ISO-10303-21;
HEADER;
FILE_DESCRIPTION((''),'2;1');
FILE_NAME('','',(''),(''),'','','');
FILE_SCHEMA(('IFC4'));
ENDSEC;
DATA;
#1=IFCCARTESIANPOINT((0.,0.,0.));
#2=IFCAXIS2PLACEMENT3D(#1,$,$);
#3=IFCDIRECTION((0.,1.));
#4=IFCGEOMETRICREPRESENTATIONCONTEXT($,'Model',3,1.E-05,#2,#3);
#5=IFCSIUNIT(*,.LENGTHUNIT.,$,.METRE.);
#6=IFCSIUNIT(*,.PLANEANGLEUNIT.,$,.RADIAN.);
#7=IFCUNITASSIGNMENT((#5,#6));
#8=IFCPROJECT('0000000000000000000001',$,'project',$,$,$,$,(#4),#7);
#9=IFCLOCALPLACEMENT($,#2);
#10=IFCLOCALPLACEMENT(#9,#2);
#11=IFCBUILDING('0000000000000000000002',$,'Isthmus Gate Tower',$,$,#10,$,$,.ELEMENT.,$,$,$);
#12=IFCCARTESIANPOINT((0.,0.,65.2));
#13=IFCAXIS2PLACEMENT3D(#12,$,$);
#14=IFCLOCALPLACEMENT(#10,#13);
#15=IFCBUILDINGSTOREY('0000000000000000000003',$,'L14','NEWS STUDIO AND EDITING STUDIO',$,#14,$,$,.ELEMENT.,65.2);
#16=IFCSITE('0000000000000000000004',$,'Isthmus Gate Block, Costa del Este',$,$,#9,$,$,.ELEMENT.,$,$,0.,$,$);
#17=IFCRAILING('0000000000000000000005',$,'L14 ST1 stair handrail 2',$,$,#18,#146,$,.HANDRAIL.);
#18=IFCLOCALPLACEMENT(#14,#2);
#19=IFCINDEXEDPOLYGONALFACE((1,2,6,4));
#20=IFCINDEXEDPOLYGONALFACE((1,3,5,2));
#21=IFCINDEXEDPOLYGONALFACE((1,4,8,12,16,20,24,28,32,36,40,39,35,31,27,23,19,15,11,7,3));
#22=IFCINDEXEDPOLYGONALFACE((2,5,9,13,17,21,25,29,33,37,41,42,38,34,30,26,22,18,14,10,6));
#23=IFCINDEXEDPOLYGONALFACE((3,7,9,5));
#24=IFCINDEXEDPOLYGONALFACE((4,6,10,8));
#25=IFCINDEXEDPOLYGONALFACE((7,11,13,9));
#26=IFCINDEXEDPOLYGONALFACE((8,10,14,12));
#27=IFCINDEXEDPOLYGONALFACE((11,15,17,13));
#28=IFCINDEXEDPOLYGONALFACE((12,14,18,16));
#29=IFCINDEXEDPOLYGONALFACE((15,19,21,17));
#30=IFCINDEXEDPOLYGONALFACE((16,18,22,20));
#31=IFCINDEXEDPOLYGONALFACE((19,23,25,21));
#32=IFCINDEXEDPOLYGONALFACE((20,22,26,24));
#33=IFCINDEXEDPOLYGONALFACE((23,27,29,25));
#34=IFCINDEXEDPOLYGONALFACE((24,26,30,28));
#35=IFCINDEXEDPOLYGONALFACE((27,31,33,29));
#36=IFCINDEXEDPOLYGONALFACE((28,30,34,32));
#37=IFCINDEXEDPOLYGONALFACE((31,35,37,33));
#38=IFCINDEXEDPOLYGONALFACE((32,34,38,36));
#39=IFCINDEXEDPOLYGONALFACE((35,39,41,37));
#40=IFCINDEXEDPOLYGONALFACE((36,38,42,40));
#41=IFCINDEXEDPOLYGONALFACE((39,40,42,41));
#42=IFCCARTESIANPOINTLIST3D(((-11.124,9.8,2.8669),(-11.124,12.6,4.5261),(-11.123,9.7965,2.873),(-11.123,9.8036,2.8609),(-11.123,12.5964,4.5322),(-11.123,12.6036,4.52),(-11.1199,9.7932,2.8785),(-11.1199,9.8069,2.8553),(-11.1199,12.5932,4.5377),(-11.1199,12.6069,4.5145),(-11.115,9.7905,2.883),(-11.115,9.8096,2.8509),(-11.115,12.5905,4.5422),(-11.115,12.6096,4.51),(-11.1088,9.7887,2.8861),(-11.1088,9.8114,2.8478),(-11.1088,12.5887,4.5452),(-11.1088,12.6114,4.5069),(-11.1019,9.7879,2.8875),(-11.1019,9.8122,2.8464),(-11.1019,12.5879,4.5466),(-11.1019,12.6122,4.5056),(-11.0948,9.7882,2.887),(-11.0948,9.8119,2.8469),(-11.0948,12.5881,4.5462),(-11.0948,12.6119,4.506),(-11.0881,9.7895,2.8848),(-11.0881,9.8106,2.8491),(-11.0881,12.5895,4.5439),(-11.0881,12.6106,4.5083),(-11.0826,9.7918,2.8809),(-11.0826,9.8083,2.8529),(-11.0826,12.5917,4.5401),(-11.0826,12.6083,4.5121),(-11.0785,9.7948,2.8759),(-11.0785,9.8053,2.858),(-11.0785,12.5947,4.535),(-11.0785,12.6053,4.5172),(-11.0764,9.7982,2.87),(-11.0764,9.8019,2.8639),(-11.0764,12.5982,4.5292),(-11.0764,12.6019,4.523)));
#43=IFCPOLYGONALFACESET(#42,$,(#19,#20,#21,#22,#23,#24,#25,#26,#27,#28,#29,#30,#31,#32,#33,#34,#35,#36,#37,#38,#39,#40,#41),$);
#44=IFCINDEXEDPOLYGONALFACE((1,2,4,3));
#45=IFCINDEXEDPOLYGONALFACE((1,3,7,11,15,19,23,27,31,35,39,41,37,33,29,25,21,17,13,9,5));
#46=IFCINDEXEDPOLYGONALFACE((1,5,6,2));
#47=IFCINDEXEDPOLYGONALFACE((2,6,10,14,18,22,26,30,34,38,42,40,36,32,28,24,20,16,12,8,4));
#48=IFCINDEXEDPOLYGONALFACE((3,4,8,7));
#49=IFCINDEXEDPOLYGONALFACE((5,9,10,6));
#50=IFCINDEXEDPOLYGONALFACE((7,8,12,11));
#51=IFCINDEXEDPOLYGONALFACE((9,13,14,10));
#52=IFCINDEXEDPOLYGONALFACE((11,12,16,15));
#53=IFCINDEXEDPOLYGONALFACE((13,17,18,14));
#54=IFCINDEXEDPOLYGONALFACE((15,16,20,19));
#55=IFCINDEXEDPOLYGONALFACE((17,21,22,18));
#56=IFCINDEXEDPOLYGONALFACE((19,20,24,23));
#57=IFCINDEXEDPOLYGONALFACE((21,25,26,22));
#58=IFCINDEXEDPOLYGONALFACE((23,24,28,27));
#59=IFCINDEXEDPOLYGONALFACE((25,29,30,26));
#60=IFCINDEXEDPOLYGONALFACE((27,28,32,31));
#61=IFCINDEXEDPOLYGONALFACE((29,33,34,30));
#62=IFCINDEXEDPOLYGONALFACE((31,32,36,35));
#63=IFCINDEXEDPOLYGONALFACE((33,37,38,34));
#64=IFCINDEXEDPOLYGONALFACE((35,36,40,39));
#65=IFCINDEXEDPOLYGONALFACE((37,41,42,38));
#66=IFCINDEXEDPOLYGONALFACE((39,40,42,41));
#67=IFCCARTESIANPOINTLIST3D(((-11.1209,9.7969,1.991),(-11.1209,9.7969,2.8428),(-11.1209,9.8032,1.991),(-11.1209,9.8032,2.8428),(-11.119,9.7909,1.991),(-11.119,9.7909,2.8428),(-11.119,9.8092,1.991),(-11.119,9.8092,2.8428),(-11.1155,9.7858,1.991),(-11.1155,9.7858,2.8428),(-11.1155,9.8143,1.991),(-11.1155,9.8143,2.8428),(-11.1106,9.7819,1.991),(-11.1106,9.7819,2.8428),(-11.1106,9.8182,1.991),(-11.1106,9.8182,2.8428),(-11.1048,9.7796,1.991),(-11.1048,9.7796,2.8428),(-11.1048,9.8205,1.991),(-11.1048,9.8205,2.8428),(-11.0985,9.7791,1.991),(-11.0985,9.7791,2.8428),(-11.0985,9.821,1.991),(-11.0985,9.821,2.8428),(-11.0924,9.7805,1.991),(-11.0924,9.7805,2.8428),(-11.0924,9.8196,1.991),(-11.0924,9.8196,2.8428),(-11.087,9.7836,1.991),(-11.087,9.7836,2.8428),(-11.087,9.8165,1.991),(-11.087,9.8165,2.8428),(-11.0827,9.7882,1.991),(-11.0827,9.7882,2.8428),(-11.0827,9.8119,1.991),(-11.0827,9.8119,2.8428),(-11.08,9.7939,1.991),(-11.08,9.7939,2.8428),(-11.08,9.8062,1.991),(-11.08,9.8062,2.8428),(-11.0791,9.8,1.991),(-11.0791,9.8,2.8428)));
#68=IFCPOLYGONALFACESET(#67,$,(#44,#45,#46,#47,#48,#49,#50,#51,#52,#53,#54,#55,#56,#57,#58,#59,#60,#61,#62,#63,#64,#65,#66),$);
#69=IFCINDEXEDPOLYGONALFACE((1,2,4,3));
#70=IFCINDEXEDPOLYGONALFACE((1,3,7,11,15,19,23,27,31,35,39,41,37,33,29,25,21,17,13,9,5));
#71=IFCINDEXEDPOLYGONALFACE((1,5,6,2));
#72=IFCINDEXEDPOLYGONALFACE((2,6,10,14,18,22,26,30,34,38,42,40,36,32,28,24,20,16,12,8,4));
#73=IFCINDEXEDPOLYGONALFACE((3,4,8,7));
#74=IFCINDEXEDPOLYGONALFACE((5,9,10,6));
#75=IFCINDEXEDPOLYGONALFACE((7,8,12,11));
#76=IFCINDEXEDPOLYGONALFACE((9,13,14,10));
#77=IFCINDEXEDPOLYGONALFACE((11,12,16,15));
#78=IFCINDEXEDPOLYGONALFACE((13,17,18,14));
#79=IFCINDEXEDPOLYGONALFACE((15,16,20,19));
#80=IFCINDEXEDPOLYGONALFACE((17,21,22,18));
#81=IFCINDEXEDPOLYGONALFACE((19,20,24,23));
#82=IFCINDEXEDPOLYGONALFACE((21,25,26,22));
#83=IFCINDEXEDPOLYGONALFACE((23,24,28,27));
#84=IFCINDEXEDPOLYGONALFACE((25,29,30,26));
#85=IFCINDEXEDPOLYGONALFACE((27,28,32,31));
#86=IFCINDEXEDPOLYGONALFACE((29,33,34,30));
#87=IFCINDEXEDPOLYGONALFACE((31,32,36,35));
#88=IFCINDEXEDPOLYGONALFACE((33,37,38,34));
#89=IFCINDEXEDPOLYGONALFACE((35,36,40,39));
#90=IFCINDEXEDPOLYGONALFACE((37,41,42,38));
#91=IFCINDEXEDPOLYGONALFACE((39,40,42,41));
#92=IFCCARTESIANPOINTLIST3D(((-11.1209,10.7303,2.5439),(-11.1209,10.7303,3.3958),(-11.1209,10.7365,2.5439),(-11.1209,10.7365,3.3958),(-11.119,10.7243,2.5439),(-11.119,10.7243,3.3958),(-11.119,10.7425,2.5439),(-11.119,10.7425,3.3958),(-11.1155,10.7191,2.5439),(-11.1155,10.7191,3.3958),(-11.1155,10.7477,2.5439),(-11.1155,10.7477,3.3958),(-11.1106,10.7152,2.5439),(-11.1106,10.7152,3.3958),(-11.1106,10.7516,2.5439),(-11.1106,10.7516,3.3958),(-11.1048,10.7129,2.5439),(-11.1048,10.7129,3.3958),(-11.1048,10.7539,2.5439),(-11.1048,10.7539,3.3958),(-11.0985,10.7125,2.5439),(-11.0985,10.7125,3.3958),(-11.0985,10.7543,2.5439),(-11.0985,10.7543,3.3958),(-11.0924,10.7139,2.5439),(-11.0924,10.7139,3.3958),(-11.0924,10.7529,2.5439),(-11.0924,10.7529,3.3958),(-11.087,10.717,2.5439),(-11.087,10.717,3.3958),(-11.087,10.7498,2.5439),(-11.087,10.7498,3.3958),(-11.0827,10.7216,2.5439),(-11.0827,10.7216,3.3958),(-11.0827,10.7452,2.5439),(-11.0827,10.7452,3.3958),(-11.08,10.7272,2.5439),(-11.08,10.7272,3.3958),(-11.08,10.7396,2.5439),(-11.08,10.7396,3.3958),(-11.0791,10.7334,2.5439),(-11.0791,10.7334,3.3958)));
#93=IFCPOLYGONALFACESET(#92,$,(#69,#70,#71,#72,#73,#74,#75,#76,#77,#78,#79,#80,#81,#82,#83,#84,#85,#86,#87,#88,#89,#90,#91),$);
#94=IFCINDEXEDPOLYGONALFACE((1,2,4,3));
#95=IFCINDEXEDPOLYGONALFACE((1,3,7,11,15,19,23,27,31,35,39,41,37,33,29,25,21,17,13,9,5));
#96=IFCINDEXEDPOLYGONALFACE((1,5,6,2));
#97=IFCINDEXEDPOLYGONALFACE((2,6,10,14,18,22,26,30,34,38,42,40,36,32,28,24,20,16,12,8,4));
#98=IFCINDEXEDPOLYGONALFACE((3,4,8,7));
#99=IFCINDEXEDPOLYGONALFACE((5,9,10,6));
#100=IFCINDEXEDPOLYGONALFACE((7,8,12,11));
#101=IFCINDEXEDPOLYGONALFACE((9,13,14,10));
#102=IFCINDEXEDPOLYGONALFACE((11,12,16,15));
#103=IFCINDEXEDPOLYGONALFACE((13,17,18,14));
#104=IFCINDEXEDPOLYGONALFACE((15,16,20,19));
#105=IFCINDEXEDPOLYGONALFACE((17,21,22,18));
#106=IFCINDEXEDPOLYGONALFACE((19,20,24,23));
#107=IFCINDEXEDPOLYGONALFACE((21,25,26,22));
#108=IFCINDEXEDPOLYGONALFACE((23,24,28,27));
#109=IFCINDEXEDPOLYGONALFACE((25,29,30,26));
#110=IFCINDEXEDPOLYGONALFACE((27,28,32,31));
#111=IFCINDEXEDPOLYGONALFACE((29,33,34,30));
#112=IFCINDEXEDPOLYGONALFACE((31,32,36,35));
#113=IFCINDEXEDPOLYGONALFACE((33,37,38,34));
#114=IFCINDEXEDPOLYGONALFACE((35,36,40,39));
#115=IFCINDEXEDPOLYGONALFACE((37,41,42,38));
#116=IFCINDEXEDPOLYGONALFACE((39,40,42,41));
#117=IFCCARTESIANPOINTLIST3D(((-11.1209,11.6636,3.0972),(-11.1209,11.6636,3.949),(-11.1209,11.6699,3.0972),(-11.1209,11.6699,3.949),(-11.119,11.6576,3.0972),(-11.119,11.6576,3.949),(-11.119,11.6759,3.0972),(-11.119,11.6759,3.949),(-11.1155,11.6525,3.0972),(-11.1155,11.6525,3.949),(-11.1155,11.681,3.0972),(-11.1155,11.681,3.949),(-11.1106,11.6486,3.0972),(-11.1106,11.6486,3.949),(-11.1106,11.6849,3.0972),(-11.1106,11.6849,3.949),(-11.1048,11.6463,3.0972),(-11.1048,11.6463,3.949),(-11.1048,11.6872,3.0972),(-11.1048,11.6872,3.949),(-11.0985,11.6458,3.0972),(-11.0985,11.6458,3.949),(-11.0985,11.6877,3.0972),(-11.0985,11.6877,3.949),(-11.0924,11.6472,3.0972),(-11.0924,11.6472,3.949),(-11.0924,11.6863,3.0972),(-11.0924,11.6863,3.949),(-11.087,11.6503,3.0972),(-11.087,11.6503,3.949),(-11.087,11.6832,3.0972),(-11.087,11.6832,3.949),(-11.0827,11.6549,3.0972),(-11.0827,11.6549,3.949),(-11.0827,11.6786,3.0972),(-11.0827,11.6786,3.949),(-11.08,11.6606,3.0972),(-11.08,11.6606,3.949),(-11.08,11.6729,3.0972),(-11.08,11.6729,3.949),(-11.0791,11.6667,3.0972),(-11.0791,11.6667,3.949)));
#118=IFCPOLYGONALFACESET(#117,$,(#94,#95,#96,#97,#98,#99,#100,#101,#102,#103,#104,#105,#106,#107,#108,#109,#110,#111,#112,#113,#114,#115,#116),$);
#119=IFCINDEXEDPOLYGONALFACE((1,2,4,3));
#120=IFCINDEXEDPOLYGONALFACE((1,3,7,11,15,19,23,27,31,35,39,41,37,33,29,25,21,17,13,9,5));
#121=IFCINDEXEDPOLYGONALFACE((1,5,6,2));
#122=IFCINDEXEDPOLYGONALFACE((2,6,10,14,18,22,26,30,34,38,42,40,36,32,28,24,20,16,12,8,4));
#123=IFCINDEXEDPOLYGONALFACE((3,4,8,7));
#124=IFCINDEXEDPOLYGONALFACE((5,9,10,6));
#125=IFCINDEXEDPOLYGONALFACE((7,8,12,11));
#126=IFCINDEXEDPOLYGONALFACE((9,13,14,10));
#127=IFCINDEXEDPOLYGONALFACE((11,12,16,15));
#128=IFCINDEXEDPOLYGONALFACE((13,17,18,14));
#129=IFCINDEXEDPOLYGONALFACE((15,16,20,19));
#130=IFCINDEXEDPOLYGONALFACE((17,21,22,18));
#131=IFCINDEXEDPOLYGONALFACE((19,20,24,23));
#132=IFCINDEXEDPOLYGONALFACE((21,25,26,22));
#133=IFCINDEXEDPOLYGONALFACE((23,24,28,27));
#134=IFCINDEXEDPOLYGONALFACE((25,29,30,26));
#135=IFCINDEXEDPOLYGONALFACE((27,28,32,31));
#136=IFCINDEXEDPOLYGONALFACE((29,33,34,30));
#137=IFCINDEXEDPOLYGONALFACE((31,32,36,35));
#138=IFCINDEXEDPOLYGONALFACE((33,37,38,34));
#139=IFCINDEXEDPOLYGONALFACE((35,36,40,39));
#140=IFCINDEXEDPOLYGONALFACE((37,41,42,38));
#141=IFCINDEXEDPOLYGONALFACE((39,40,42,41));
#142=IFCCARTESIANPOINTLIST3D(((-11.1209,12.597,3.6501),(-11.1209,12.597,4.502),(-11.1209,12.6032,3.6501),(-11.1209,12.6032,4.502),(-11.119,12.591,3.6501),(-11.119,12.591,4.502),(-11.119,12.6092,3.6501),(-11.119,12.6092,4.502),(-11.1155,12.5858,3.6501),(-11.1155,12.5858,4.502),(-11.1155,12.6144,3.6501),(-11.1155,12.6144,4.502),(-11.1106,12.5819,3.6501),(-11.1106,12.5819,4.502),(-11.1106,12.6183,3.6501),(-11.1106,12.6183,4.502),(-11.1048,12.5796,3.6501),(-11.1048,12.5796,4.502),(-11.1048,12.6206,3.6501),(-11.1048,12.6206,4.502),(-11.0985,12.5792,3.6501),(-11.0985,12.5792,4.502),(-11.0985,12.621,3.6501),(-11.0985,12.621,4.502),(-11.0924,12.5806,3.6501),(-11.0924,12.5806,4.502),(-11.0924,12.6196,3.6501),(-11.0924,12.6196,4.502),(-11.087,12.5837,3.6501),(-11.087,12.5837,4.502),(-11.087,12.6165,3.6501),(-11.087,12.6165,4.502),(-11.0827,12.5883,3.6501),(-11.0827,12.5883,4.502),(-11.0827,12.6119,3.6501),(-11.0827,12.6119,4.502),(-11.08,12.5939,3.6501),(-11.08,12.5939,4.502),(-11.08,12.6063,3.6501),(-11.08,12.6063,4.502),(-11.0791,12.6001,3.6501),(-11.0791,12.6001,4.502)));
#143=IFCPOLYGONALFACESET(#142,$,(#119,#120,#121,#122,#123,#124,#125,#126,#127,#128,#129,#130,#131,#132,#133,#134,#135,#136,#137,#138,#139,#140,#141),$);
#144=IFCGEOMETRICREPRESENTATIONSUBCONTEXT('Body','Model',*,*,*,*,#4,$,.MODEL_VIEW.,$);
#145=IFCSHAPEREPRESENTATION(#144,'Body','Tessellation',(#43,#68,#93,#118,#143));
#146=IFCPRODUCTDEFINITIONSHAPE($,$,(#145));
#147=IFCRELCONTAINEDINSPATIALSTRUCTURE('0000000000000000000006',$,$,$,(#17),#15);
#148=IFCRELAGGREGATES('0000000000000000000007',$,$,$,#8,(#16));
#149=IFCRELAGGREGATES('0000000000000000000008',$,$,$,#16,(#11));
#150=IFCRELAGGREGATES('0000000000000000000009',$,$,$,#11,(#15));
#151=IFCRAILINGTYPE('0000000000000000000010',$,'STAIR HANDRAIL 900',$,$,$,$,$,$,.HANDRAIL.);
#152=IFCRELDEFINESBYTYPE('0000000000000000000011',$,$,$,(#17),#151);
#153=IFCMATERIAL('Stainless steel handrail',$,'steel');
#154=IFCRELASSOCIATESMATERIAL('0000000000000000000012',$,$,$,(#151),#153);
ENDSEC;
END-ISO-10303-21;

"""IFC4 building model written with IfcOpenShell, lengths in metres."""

from ifc_helpers import new_model, si_unit, direction, frame, origin, origin_2d, place, context, subcontext, project, spatial, circle, extrude, material, type_object, element, save


model = new_model("IFC4")

# Units and contexts
model_context = context("Model", 3, precision=1e-05, world=origin(), true_north=direction((0.0, 1.0)))
body_context = subcontext(model_context, "Body", "Model", "MODEL_VIEW")
ifc_project = project(units=[si_unit("LENGTHUNIT", "METRE"), si_unit("PLANEANGLEUNIT", "RADIAN")], contexts=[model_context])

# Site, building, storey
site_placement = place(None, origin())
site = spatial("IfcSite", under=ifc_project, at=site_placement, Name="Isthmus Gate Block, Costa del Este", CompositionType="ELEMENT", RefElevation=0.0)
building_placement = place(site_placement, origin())
building = spatial("IfcBuilding", under=site, at=building_placement, Name="Isthmus Gate Tower", CompositionType="ELEMENT")
storey_placement = place(building_placement, frame((0.0, 0.0, 65.2)))
storey = spatial("IfcBuildingStorey", under=building, at=storey_placement, Name="L14", Description="NEWS STUDIO AND EDITING STUDIO", CompositionType="ELEMENT", Elevation=65.2)

# Railing
ifc_material_1 = material(Name="Stainless steel handrail", Category="steel")
railing_type_1 = type_object("IfcRailingType", Name="STAIR HANDRAIL 900", PredefinedType="HANDRAIL", material=ifc_material_1)
railing_1_placement = place(storey_placement, frame((-11.1001, 9.8, 1.991)))
element("IfcRailing", 1, at=railing_1_placement, inside=storey, type_object=railing_type_1, Name="L14 ST1 stair handrail 2", PredefinedType="HANDRAIL", context=body_context, shape_type="SweptSolid", body=[
    extrude(circle(Radius=0.0239, at=origin_2d()), frame((0.0, 0.0, 0.876), z_axis=(0.0, 0.860306, 0.509778), x_axis=(-1.0, 0.0, 0.0)), (0.0, 0.0, 1.0), 3.2546),
    extrude(circle(Radius=0.021, at=origin_2d()), origin(), (0.0, 0.0, 1.0), 0.8518),
    extrude(circle(Radius=0.021, at=origin_2d()), frame((0.0, 0.9333, 0.553)), (0.0, 0.0, 1.0), 0.8518),
    extrude(circle(Radius=0.021, at=origin_2d()), frame((0.0, 1.8667, 1.1062)), (0.0, 0.0, 1.0), 0.8518),
    extrude(circle(Radius=0.021, at=origin_2d()), frame((0.0, 2.8, 1.6592)), (0.0, 0.0, 1.0), 0.8518),
])

save(model, "model.ifc")
